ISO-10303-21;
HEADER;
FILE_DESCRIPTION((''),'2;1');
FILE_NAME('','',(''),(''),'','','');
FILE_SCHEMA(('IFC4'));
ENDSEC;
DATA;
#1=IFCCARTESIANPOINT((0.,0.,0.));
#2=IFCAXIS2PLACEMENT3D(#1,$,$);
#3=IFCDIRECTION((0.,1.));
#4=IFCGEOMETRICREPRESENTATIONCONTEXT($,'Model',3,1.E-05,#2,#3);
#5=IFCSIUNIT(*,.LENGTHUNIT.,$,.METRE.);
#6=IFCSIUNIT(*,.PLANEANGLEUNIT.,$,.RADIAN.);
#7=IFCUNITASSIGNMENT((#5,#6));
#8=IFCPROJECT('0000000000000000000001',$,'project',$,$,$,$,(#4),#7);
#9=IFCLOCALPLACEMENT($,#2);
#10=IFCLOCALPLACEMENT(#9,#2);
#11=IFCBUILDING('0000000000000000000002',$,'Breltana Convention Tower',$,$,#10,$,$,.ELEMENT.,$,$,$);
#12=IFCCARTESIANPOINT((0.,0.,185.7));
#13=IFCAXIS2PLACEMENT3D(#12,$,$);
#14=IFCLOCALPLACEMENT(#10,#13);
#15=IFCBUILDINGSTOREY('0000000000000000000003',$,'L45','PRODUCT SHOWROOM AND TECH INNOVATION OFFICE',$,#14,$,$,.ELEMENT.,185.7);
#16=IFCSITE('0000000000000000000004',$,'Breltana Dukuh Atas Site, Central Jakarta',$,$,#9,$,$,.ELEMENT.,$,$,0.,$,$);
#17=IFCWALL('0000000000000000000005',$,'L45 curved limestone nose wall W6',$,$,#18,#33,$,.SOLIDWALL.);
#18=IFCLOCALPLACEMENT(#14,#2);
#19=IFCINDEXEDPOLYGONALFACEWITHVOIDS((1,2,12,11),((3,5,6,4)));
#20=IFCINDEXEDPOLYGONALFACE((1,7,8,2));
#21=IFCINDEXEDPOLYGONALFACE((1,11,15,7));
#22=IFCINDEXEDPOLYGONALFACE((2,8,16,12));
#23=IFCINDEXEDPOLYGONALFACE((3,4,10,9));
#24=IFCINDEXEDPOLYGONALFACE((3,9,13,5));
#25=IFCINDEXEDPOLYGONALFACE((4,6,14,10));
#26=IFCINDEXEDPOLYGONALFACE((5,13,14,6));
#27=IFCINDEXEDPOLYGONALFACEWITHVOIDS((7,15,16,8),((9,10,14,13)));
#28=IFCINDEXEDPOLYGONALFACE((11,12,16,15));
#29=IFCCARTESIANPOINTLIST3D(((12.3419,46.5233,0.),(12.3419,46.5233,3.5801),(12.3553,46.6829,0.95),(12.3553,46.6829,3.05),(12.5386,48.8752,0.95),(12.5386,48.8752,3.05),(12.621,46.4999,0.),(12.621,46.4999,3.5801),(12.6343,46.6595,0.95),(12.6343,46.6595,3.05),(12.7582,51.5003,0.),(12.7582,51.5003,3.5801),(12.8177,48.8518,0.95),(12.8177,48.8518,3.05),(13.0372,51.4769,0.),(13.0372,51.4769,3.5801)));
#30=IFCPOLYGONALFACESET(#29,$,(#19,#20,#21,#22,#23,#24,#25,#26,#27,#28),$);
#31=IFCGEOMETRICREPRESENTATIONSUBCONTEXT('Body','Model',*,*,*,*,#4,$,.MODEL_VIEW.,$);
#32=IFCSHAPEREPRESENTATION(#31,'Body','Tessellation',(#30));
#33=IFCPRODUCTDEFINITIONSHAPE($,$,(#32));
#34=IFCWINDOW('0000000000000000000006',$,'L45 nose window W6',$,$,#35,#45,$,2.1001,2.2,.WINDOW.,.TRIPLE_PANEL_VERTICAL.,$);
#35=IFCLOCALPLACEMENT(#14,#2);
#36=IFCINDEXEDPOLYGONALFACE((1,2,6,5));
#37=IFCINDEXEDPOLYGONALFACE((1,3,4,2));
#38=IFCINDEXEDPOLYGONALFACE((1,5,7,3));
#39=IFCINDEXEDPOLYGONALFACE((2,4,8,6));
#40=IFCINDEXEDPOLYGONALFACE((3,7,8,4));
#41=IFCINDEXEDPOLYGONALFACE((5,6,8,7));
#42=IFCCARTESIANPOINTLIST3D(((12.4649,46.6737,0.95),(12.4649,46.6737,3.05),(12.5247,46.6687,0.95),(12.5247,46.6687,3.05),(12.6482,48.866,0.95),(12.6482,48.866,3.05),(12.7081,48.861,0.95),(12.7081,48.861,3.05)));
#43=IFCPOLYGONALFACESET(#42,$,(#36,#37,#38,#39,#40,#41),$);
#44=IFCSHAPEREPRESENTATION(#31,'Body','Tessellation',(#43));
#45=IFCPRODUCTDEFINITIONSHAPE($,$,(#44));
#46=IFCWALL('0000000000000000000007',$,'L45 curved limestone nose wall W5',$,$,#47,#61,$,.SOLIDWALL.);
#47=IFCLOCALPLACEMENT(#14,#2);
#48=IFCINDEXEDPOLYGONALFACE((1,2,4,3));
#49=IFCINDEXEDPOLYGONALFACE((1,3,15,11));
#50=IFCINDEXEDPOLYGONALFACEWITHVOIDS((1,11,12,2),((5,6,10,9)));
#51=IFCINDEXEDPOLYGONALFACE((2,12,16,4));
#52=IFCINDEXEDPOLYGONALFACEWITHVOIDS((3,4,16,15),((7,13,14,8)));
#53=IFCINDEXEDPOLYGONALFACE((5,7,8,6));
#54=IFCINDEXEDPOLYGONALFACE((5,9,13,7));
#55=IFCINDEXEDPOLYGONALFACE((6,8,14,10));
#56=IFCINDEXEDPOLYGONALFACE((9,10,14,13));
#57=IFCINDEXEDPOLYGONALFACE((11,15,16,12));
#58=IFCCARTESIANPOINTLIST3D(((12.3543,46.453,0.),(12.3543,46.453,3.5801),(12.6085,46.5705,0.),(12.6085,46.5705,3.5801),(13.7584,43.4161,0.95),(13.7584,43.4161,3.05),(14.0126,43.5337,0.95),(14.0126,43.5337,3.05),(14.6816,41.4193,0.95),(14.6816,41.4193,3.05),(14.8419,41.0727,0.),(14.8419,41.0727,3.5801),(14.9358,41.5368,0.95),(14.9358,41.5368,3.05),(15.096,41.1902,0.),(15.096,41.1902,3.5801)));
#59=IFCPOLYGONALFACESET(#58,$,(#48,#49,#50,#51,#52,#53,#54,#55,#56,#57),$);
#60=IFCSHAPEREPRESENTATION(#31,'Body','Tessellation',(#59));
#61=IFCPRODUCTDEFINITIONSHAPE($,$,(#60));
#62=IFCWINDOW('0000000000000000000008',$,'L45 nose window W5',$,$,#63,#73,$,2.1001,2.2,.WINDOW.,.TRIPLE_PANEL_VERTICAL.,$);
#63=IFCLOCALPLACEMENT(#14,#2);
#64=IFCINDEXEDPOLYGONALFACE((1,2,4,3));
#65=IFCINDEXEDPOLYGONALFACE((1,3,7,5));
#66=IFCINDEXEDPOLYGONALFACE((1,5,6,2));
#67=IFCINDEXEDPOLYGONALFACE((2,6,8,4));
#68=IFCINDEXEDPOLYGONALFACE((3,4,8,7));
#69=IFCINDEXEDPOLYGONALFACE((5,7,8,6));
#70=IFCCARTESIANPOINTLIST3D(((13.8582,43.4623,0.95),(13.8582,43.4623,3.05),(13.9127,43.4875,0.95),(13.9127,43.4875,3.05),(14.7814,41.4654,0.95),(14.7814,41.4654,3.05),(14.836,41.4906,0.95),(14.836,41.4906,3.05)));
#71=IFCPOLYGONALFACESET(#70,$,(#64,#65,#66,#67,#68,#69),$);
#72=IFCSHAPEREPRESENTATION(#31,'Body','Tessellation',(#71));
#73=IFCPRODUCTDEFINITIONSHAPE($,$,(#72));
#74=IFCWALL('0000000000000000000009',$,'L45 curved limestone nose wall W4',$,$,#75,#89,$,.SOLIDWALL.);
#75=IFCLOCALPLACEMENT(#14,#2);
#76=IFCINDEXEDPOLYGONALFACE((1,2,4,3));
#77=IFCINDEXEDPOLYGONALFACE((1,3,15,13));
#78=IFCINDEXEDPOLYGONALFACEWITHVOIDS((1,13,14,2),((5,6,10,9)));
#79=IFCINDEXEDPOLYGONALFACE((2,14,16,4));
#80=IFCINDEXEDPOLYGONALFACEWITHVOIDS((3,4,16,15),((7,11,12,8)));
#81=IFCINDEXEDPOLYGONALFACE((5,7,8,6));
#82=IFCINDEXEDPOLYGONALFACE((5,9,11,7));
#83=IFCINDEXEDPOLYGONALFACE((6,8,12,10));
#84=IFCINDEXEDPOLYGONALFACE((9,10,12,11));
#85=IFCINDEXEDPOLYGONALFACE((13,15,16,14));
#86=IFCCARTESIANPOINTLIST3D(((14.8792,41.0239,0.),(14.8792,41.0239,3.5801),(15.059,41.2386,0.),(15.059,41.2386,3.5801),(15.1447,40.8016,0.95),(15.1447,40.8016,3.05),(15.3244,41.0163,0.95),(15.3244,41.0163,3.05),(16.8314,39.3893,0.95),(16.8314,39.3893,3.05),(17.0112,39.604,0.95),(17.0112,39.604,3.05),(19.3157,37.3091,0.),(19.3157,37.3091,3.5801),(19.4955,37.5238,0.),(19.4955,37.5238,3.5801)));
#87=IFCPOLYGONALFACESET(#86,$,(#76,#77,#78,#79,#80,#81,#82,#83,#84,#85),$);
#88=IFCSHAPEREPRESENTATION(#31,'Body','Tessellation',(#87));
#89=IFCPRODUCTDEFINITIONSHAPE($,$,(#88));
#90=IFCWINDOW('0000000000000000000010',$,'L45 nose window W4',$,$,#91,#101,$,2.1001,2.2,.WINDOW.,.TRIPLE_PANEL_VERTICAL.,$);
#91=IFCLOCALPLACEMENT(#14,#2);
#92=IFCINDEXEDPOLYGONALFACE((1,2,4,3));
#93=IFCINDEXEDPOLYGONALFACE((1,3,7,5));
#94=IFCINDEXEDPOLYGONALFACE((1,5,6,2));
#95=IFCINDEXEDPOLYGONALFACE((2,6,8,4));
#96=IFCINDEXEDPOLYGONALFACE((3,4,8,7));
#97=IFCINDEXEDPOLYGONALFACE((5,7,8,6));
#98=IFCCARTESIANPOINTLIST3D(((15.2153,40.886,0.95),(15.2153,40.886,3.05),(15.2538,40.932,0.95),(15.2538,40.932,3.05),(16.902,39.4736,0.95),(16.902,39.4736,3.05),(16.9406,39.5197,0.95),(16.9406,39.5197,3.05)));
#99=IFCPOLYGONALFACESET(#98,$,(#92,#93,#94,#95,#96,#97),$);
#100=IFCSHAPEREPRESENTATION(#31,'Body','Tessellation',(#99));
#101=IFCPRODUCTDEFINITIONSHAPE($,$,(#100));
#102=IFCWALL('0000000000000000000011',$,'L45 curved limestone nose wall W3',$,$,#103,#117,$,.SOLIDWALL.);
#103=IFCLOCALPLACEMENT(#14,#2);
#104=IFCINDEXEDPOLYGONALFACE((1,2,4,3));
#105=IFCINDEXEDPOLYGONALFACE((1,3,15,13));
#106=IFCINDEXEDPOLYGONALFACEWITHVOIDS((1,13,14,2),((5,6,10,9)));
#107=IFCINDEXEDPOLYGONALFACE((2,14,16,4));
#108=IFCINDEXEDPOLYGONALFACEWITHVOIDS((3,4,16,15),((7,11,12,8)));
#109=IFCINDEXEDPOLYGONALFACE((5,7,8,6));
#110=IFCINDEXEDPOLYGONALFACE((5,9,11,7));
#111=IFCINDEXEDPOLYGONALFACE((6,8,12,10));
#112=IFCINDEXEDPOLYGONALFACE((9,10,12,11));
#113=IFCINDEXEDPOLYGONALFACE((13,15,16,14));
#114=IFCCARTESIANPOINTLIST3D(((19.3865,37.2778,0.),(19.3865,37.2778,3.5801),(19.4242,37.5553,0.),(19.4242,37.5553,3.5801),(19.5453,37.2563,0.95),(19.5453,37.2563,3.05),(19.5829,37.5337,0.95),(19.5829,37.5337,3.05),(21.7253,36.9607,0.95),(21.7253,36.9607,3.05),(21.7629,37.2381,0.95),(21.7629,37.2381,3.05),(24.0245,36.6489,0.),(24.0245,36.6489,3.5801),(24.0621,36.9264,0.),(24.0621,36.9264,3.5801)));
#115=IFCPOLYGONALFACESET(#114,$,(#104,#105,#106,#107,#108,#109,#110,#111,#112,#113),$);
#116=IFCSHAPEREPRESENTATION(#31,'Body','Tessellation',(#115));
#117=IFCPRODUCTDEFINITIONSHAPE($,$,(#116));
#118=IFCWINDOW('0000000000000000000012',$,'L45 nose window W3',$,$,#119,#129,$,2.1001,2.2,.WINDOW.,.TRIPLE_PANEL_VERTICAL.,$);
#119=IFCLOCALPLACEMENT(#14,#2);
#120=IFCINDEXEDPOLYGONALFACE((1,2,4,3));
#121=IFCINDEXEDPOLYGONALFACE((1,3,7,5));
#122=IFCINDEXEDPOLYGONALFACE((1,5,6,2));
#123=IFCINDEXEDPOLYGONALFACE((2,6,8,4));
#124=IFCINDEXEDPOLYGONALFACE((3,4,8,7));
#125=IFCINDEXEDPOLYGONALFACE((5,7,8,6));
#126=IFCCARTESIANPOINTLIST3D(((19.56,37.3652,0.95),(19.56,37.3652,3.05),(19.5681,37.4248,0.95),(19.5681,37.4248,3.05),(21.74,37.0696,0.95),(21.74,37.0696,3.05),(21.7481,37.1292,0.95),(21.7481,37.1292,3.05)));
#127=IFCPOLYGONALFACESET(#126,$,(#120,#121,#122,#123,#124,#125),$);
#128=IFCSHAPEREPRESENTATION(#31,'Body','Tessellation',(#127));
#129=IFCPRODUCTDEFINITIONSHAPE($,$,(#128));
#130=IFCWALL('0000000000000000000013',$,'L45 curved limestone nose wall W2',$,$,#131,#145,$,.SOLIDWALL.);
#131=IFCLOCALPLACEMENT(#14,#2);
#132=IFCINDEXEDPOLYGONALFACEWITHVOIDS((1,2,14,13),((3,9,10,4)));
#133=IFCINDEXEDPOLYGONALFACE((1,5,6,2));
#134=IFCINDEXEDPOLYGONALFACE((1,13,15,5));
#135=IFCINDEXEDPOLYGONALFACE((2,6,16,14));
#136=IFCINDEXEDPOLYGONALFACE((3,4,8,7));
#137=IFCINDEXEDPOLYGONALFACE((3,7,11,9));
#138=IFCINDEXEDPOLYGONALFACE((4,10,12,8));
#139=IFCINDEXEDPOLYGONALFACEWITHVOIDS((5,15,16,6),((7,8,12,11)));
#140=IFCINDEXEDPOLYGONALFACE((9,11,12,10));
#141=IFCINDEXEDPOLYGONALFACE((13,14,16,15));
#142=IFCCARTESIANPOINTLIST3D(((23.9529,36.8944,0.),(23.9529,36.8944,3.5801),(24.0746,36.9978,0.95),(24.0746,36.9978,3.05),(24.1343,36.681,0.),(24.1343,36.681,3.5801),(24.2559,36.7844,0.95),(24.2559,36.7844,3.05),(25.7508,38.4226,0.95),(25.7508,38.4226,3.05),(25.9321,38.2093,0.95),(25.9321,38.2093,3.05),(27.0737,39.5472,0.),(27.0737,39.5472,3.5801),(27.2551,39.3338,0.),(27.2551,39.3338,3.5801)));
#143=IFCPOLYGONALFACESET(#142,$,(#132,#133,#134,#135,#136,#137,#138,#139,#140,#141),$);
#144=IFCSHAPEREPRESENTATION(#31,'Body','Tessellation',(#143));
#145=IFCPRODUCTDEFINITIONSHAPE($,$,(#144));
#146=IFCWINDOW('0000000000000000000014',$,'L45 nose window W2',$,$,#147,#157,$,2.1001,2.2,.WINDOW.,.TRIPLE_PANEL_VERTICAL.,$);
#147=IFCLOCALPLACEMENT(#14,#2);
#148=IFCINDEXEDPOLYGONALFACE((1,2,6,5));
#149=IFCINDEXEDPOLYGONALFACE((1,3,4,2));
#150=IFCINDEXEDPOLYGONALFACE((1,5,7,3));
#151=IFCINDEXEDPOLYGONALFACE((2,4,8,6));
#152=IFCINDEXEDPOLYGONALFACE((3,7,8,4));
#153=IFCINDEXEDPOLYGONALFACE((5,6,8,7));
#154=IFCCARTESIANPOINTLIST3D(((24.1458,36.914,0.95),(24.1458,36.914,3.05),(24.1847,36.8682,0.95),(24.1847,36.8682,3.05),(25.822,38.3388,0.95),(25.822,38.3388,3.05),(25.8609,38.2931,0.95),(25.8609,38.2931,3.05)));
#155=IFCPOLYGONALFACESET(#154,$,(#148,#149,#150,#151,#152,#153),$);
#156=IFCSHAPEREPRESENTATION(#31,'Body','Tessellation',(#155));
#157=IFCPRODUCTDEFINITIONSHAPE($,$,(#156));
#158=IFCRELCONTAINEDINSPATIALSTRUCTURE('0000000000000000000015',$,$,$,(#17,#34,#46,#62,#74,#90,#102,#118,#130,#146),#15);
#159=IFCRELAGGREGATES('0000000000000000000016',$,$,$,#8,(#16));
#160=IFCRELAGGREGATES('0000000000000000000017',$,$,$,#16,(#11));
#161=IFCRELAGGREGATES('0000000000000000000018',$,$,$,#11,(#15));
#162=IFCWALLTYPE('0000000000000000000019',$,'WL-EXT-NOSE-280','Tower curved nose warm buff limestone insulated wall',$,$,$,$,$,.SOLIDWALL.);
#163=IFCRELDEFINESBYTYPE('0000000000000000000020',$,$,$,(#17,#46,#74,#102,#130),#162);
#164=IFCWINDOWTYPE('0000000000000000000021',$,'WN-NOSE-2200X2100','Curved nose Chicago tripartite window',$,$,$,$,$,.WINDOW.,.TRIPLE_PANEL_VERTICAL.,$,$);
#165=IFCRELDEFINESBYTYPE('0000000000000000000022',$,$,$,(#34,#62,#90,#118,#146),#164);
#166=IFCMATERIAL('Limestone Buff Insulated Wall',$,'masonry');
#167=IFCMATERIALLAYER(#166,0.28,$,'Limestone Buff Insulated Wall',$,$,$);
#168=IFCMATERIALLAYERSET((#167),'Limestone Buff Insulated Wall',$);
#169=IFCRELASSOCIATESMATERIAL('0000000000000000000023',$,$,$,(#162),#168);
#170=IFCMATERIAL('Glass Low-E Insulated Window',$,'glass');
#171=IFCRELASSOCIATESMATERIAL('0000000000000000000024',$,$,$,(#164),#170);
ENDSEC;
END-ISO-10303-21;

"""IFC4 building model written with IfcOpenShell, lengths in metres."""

from ifc_helpers import new_model, si_unit, direction, frame, frame_2d, origin, place, context, subcontext, project, spatial, rectangle, extrude, source, transform, mapped, material, layer, layer_set, type_object, type_shapes, element, fill, save


model = new_model("IFC4")

# Units and contexts
model_context = context("Model", 3, precision=1e-05, world=origin(), true_north=direction((0.0, 1.0)))
body_context = subcontext(model_context, "Body", "Model", "MODEL_VIEW")
ifc_project = project(units=[si_unit("LENGTHUNIT", "METRE"), si_unit("PLANEANGLEUNIT", "RADIAN")], contexts=[model_context])

# Site, building, storey
site_placement = place(None, origin())
site = spatial("IfcSite", under=ifc_project, at=site_placement, Name="Breltana Dukuh Atas Site, Central Jakarta", CompositionType="ELEMENT", RefElevation=0.0)
building_placement = place(site_placement, origin())
building = spatial("IfcBuilding", under=site, at=building_placement, Name="Breltana Convention Tower", CompositionType="ELEMENT")
storey_placement = place(building_placement, frame((0.0, 0.0, 185.7)))
storey = spatial("IfcBuildingStorey", under=building, at=storey_placement, Name="L45", Description="PRODUCT SHOWROOM AND TECH INNOVATION OFFICE", CompositionType="ELEMENT", Elevation=185.7)

# Walls, openings, windows
ifc_material_1 = material(Name="Limestone Buff Insulated Wall", Category="masonry")
ifc_layer_1 = layer(ifc_material_1, 0.28, Name="Limestone Buff Insulated Wall")
ifc_layer_set_1 = layer_set([ifc_layer_1], Name="Limestone Buff Insulated Wall")
wall_type_1 = type_object("IfcWallType", Name="WL-EXT-NOSE-280", Description="Tower curved nose warm buff limestone insulated wall", PredefinedType="SOLIDWALL", material=ifc_layer_set_1)
shared_shape_1 = source(origin(), body_context, "Body", "SweptSolid", [
    extrude(rectangle(XDim=4.9944, YDim=0.28, at=frame_2d((2.4971, 0.0))), origin(), (0.0, 0.0, 1.0), 3.5801),
])
wall_1_placement = place(storey_placement, frame((12.4814, 46.5117, 0.0), z_axis=(0.0, 0.0, 1.0), x_axis=(0.083345, 0.996521, 0.0)))
wall_1 = element("IfcWall", 1, at=wall_1_placement, inside=storey, type_object=wall_type_1, Name="L45 curved limestone nose wall W6", PredefinedType="SOLIDWALL", context=body_context, shape_type="MappedRepresentation", body=[
    mapped(shared_shape_1, transform((0.0, 0.0, 0.0), scale=1.0)),
])
opening_1_placement = place(wall_1_placement, frame((0.1599, 0.0, 0.95)))
opening_1 = element("IfcOpeningElement", 2, at=opening_1_placement, cuts=wall_1, PredefinedType="OPENING", context=body_context, shape_type="SweptSolid", body=[
    extrude(rectangle(XDim=2.2, YDim=2.1001, at=frame_2d((1.1001, 1.05))), frame((0.0, 0.1499, 0.0), z_axis=(0.0, -1.0, 0.0), x_axis=(1.0, 0.0, 0.0)), (0.0, 0.0, 1.0), 0.3),
])
ifc_material_2 = material(Name="Glass Low-E Insulated Window", Category="glass")
window_type_1 = type_object("IfcWindowType", Name="WN-NOSE-2200X2100", Description="Curved nose Chicago tripartite window", PartitioningType="TRIPLE_PANEL_VERTICAL", PredefinedType="WINDOW", material=ifc_material_2)
shared_shape_2 = source(origin(), body_context, "Body", "SweptSolid", [
    extrude(rectangle(XDim=2.2, YDim=2.1001, at=frame_2d((1.1001, 1.05))), frame((0.0, 0.03, 0.0), z_axis=(0.0, -1.0, 0.0), x_axis=(1.0, 0.0, 0.0)), (0.0, 0.0, 1.0), 0.0601),
])
type_shapes(window_type_1, [shared_shape_2])
window_1_placement = place(opening_1_placement, origin())
window_1 = element("IfcWindow", 3, at=window_1_placement, inside=storey, type_object=window_type_1, Name="L45 nose window W6", OverallHeight=2.1001, OverallWidth=2.2, PartitioningType="TRIPLE_PANEL_VERTICAL", PredefinedType="WINDOW", context=body_context, shape_type="MappedRepresentation", body=[
    mapped(shared_shape_2, transform((0.0, 0.0, 0.0), scale=1.0)),
])
fill(opening_1, window_1)
shared_shape_3 = source(origin(), body_context, "Body", "SweptSolid", [
    extrude(rectangle(XDim=5.9275, YDim=0.28, at=frame_2d((2.9639, 0.0))), origin(), (0.0, 0.0, 1.0), 3.5801),
])
wall_2_placement = place(storey_placement, frame((14.969, 41.1313, 0.0), z_axis=(0.0, 0.0, 1.0), x_axis=(-0.419656, 0.907683, 0.0)))
wall_2 = element("IfcWall", 4, at=wall_2_placement, inside=storey, type_object=wall_type_1, Name="L45 curved limestone nose wall W5", PredefinedType="SOLIDWALL", context=body_context, shape_type="MappedRepresentation", body=[
    mapped(shared_shape_3, transform((0.0, 0.0, 0.0), scale=1.0)),
])
opening_2_placement = place(wall_2_placement, frame((0.3818, 0.0, 0.95)))
opening_2 = element("IfcOpeningElement", 5, at=opening_2_placement, cuts=wall_2, PredefinedType="OPENING", context=body_context, shape_type="SweptSolid", body=[
    extrude(rectangle(XDim=2.2, YDim=2.1001, at=frame_2d((1.1001, 1.05))), frame((0.0, 0.1499, 0.0), z_axis=(0.0, -1.0, 0.0), x_axis=(1.0, 0.0, 0.0)), (0.0, 0.0, 1.0), 0.3),
])
window_2_placement = place(opening_2_placement, origin())
window_2 = element("IfcWindow", 6, at=window_2_placement, inside=storey, type_object=window_type_1, Name="L45 nose window W5", OverallHeight=2.1001, OverallWidth=2.2, PartitioningType="TRIPLE_PANEL_VERTICAL", PredefinedType="WINDOW", context=body_context, shape_type="MappedRepresentation", body=[
    mapped(shared_shape_2, transform((0.0, 0.0, 0.0), scale=1.0)),
])
fill(opening_2, window_2)
shared_shape_4 = source(origin(), body_context, "Body", "SweptSolid", [
    extrude(rectangle(XDim=5.7864, YDim=0.28, at=frame_2d((2.8931, 0.0))), origin(), (0.0, 0.0, 1.0), 3.5801),
])
wall_3_placement = place(storey_placement, frame((19.4055, 37.4165, 0.0), z_axis=(0.0, 0.0, 1.0), x_axis=(-0.766711, 0.641992, 0.0)))
wall_3 = element("IfcWall", 7, at=wall_3_placement, inside=storey, type_object=wall_type_1, Name="L45 curved limestone nose wall W4", PredefinedType="SOLIDWALL", context=body_context, shape_type="MappedRepresentation", body=[
    mapped(shared_shape_4, transform((0.0, 0.0, 0.0), scale=1.0)),
])
opening_3_placement = place(wall_3_placement, frame((3.24, 0.0, 0.95)))
opening_3 = element("IfcOpeningElement", 8, at=opening_3_placement, cuts=wall_3, PredefinedType="OPENING", context=body_context, shape_type="SweptSolid", body=[
    extrude(rectangle(XDim=2.2, YDim=2.1001, at=frame_2d((1.1001, 1.05))), frame((0.0, 0.1499, 0.0), z_axis=(0.0, -1.0, 0.0), x_axis=(1.0, 0.0, 0.0)), (0.0, 0.0, 1.0), 0.3),
])
window_3_placement = place(opening_3_placement, origin())
window_3 = element("IfcWindow", 9, at=window_3_placement, inside=storey, type_object=window_type_1, Name="L45 nose window W4", OverallHeight=2.1001, OverallWidth=2.2, PartitioningType="TRIPLE_PANEL_VERTICAL", PredefinedType="WINDOW", context=body_context, shape_type="MappedRepresentation", body=[
    mapped(shared_shape_2, transform((0.0, 0.0, 0.0), scale=1.0)),
])
fill(opening_3, window_3)
shared_shape_5 = source(origin(), body_context, "Body", "SweptSolid", [
    extrude(rectangle(XDim=4.6804, YDim=0.28, at=frame_2d((2.3403, 0.0))), origin(), (0.0, 0.0, 1.0), 3.5801),
])
wall_4_placement = place(storey_placement, frame((24.0435, 36.7876, 0.0), z_axis=(0.0, 0.0, 1.0), x_axis=(-0.990931, 0.134371, 0.0)))
wall_4 = element("IfcWall", 10, at=wall_4_placement, inside=storey, type_object=wall_type_1, Name="L45 curved limestone nose wall W3", PredefinedType="SOLIDWALL", context=body_context, shape_type="MappedRepresentation", body=[
    mapped(shared_shape_5, transform((0.0, 0.0, 0.0), scale=1.0)),
])
opening_4_placement = place(wall_4_placement, frame((2.3203, 0.0, 0.95)))
opening_4 = element("IfcOpeningElement", 11, at=opening_4_placement, cuts=wall_4, PredefinedType="OPENING", context=body_context, shape_type="SweptSolid", body=[
    extrude(rectangle(XDim=2.2, YDim=2.1001, at=frame_2d((1.1001, 1.05))), frame((0.0, 0.1499, 0.0), z_axis=(0.0, -1.0, 0.0), x_axis=(1.0, 0.0, 0.0)), (0.0, 0.0, 1.0), 0.3),
])
window_4_placement = place(opening_4_placement, origin())
window_4 = element("IfcWindow", 12, at=window_4_placement, inside=storey, type_object=window_type_1, Name="L45 nose window W3", OverallHeight=2.1001, OverallWidth=2.2, PartitioningType="TRIPLE_PANEL_VERTICAL", PredefinedType="WINDOW", context=body_context, shape_type="MappedRepresentation", body=[
    mapped(shared_shape_2, transform((0.0, 0.0, 0.0), scale=1.0)),
])
fill(opening_4, window_4)
shared_shape_6 = source(origin(), body_context, "Body", "SweptSolid", [
    extrude(rectangle(XDim=4.0959, YDim=0.28, at=frame_2d((2.0479, 0.0))), origin(), (0.0, 0.0, 1.0), 3.5801),
])
wall_5_placement = place(storey_placement, frame((27.1643, 39.4404, 0.0), z_axis=(0.0, 0.0, 1.0), x_axis=(-0.761926, -0.647664, 0.0)))
wall_5 = element("IfcWall", 13, at=wall_5_placement, inside=storey, type_object=wall_type_1, Name="L45 curved limestone nose wall W2", PredefinedType="SOLIDWALL", context=body_context, shape_type="MappedRepresentation", body=[
    mapped(shared_shape_6, transform((0.0, 0.0, 0.0), scale=1.0)),
])
opening_5_placement = place(wall_5_placement, frame((1.7361, 0.0, 0.95)))
opening_5 = element("IfcOpeningElement", 14, at=opening_5_placement, cuts=wall_5, PredefinedType="OPENING", context=body_context, shape_type="SweptSolid", body=[
    extrude(rectangle(XDim=2.2, YDim=2.1001, at=frame_2d((1.1001, 1.05))), frame((0.0, 0.1499, 0.0), z_axis=(0.0, -1.0, 0.0), x_axis=(1.0, 0.0, 0.0)), (0.0, 0.0, 1.0), 0.3),
])
window_5_placement = place(opening_5_placement, origin())
window_5 = element("IfcWindow", 15, at=window_5_placement, inside=storey, type_object=window_type_1, Name="L45 nose window W2", OverallHeight=2.1001, OverallWidth=2.2, PartitioningType="TRIPLE_PANEL_VERTICAL", PredefinedType="WINDOW", context=body_context, shape_type="MappedRepresentation", body=[
    mapped(shared_shape_2, transform((0.0, 0.0, 0.0), scale=1.0)),
])
fill(opening_5, window_5)

save(model, "model.ifc")
